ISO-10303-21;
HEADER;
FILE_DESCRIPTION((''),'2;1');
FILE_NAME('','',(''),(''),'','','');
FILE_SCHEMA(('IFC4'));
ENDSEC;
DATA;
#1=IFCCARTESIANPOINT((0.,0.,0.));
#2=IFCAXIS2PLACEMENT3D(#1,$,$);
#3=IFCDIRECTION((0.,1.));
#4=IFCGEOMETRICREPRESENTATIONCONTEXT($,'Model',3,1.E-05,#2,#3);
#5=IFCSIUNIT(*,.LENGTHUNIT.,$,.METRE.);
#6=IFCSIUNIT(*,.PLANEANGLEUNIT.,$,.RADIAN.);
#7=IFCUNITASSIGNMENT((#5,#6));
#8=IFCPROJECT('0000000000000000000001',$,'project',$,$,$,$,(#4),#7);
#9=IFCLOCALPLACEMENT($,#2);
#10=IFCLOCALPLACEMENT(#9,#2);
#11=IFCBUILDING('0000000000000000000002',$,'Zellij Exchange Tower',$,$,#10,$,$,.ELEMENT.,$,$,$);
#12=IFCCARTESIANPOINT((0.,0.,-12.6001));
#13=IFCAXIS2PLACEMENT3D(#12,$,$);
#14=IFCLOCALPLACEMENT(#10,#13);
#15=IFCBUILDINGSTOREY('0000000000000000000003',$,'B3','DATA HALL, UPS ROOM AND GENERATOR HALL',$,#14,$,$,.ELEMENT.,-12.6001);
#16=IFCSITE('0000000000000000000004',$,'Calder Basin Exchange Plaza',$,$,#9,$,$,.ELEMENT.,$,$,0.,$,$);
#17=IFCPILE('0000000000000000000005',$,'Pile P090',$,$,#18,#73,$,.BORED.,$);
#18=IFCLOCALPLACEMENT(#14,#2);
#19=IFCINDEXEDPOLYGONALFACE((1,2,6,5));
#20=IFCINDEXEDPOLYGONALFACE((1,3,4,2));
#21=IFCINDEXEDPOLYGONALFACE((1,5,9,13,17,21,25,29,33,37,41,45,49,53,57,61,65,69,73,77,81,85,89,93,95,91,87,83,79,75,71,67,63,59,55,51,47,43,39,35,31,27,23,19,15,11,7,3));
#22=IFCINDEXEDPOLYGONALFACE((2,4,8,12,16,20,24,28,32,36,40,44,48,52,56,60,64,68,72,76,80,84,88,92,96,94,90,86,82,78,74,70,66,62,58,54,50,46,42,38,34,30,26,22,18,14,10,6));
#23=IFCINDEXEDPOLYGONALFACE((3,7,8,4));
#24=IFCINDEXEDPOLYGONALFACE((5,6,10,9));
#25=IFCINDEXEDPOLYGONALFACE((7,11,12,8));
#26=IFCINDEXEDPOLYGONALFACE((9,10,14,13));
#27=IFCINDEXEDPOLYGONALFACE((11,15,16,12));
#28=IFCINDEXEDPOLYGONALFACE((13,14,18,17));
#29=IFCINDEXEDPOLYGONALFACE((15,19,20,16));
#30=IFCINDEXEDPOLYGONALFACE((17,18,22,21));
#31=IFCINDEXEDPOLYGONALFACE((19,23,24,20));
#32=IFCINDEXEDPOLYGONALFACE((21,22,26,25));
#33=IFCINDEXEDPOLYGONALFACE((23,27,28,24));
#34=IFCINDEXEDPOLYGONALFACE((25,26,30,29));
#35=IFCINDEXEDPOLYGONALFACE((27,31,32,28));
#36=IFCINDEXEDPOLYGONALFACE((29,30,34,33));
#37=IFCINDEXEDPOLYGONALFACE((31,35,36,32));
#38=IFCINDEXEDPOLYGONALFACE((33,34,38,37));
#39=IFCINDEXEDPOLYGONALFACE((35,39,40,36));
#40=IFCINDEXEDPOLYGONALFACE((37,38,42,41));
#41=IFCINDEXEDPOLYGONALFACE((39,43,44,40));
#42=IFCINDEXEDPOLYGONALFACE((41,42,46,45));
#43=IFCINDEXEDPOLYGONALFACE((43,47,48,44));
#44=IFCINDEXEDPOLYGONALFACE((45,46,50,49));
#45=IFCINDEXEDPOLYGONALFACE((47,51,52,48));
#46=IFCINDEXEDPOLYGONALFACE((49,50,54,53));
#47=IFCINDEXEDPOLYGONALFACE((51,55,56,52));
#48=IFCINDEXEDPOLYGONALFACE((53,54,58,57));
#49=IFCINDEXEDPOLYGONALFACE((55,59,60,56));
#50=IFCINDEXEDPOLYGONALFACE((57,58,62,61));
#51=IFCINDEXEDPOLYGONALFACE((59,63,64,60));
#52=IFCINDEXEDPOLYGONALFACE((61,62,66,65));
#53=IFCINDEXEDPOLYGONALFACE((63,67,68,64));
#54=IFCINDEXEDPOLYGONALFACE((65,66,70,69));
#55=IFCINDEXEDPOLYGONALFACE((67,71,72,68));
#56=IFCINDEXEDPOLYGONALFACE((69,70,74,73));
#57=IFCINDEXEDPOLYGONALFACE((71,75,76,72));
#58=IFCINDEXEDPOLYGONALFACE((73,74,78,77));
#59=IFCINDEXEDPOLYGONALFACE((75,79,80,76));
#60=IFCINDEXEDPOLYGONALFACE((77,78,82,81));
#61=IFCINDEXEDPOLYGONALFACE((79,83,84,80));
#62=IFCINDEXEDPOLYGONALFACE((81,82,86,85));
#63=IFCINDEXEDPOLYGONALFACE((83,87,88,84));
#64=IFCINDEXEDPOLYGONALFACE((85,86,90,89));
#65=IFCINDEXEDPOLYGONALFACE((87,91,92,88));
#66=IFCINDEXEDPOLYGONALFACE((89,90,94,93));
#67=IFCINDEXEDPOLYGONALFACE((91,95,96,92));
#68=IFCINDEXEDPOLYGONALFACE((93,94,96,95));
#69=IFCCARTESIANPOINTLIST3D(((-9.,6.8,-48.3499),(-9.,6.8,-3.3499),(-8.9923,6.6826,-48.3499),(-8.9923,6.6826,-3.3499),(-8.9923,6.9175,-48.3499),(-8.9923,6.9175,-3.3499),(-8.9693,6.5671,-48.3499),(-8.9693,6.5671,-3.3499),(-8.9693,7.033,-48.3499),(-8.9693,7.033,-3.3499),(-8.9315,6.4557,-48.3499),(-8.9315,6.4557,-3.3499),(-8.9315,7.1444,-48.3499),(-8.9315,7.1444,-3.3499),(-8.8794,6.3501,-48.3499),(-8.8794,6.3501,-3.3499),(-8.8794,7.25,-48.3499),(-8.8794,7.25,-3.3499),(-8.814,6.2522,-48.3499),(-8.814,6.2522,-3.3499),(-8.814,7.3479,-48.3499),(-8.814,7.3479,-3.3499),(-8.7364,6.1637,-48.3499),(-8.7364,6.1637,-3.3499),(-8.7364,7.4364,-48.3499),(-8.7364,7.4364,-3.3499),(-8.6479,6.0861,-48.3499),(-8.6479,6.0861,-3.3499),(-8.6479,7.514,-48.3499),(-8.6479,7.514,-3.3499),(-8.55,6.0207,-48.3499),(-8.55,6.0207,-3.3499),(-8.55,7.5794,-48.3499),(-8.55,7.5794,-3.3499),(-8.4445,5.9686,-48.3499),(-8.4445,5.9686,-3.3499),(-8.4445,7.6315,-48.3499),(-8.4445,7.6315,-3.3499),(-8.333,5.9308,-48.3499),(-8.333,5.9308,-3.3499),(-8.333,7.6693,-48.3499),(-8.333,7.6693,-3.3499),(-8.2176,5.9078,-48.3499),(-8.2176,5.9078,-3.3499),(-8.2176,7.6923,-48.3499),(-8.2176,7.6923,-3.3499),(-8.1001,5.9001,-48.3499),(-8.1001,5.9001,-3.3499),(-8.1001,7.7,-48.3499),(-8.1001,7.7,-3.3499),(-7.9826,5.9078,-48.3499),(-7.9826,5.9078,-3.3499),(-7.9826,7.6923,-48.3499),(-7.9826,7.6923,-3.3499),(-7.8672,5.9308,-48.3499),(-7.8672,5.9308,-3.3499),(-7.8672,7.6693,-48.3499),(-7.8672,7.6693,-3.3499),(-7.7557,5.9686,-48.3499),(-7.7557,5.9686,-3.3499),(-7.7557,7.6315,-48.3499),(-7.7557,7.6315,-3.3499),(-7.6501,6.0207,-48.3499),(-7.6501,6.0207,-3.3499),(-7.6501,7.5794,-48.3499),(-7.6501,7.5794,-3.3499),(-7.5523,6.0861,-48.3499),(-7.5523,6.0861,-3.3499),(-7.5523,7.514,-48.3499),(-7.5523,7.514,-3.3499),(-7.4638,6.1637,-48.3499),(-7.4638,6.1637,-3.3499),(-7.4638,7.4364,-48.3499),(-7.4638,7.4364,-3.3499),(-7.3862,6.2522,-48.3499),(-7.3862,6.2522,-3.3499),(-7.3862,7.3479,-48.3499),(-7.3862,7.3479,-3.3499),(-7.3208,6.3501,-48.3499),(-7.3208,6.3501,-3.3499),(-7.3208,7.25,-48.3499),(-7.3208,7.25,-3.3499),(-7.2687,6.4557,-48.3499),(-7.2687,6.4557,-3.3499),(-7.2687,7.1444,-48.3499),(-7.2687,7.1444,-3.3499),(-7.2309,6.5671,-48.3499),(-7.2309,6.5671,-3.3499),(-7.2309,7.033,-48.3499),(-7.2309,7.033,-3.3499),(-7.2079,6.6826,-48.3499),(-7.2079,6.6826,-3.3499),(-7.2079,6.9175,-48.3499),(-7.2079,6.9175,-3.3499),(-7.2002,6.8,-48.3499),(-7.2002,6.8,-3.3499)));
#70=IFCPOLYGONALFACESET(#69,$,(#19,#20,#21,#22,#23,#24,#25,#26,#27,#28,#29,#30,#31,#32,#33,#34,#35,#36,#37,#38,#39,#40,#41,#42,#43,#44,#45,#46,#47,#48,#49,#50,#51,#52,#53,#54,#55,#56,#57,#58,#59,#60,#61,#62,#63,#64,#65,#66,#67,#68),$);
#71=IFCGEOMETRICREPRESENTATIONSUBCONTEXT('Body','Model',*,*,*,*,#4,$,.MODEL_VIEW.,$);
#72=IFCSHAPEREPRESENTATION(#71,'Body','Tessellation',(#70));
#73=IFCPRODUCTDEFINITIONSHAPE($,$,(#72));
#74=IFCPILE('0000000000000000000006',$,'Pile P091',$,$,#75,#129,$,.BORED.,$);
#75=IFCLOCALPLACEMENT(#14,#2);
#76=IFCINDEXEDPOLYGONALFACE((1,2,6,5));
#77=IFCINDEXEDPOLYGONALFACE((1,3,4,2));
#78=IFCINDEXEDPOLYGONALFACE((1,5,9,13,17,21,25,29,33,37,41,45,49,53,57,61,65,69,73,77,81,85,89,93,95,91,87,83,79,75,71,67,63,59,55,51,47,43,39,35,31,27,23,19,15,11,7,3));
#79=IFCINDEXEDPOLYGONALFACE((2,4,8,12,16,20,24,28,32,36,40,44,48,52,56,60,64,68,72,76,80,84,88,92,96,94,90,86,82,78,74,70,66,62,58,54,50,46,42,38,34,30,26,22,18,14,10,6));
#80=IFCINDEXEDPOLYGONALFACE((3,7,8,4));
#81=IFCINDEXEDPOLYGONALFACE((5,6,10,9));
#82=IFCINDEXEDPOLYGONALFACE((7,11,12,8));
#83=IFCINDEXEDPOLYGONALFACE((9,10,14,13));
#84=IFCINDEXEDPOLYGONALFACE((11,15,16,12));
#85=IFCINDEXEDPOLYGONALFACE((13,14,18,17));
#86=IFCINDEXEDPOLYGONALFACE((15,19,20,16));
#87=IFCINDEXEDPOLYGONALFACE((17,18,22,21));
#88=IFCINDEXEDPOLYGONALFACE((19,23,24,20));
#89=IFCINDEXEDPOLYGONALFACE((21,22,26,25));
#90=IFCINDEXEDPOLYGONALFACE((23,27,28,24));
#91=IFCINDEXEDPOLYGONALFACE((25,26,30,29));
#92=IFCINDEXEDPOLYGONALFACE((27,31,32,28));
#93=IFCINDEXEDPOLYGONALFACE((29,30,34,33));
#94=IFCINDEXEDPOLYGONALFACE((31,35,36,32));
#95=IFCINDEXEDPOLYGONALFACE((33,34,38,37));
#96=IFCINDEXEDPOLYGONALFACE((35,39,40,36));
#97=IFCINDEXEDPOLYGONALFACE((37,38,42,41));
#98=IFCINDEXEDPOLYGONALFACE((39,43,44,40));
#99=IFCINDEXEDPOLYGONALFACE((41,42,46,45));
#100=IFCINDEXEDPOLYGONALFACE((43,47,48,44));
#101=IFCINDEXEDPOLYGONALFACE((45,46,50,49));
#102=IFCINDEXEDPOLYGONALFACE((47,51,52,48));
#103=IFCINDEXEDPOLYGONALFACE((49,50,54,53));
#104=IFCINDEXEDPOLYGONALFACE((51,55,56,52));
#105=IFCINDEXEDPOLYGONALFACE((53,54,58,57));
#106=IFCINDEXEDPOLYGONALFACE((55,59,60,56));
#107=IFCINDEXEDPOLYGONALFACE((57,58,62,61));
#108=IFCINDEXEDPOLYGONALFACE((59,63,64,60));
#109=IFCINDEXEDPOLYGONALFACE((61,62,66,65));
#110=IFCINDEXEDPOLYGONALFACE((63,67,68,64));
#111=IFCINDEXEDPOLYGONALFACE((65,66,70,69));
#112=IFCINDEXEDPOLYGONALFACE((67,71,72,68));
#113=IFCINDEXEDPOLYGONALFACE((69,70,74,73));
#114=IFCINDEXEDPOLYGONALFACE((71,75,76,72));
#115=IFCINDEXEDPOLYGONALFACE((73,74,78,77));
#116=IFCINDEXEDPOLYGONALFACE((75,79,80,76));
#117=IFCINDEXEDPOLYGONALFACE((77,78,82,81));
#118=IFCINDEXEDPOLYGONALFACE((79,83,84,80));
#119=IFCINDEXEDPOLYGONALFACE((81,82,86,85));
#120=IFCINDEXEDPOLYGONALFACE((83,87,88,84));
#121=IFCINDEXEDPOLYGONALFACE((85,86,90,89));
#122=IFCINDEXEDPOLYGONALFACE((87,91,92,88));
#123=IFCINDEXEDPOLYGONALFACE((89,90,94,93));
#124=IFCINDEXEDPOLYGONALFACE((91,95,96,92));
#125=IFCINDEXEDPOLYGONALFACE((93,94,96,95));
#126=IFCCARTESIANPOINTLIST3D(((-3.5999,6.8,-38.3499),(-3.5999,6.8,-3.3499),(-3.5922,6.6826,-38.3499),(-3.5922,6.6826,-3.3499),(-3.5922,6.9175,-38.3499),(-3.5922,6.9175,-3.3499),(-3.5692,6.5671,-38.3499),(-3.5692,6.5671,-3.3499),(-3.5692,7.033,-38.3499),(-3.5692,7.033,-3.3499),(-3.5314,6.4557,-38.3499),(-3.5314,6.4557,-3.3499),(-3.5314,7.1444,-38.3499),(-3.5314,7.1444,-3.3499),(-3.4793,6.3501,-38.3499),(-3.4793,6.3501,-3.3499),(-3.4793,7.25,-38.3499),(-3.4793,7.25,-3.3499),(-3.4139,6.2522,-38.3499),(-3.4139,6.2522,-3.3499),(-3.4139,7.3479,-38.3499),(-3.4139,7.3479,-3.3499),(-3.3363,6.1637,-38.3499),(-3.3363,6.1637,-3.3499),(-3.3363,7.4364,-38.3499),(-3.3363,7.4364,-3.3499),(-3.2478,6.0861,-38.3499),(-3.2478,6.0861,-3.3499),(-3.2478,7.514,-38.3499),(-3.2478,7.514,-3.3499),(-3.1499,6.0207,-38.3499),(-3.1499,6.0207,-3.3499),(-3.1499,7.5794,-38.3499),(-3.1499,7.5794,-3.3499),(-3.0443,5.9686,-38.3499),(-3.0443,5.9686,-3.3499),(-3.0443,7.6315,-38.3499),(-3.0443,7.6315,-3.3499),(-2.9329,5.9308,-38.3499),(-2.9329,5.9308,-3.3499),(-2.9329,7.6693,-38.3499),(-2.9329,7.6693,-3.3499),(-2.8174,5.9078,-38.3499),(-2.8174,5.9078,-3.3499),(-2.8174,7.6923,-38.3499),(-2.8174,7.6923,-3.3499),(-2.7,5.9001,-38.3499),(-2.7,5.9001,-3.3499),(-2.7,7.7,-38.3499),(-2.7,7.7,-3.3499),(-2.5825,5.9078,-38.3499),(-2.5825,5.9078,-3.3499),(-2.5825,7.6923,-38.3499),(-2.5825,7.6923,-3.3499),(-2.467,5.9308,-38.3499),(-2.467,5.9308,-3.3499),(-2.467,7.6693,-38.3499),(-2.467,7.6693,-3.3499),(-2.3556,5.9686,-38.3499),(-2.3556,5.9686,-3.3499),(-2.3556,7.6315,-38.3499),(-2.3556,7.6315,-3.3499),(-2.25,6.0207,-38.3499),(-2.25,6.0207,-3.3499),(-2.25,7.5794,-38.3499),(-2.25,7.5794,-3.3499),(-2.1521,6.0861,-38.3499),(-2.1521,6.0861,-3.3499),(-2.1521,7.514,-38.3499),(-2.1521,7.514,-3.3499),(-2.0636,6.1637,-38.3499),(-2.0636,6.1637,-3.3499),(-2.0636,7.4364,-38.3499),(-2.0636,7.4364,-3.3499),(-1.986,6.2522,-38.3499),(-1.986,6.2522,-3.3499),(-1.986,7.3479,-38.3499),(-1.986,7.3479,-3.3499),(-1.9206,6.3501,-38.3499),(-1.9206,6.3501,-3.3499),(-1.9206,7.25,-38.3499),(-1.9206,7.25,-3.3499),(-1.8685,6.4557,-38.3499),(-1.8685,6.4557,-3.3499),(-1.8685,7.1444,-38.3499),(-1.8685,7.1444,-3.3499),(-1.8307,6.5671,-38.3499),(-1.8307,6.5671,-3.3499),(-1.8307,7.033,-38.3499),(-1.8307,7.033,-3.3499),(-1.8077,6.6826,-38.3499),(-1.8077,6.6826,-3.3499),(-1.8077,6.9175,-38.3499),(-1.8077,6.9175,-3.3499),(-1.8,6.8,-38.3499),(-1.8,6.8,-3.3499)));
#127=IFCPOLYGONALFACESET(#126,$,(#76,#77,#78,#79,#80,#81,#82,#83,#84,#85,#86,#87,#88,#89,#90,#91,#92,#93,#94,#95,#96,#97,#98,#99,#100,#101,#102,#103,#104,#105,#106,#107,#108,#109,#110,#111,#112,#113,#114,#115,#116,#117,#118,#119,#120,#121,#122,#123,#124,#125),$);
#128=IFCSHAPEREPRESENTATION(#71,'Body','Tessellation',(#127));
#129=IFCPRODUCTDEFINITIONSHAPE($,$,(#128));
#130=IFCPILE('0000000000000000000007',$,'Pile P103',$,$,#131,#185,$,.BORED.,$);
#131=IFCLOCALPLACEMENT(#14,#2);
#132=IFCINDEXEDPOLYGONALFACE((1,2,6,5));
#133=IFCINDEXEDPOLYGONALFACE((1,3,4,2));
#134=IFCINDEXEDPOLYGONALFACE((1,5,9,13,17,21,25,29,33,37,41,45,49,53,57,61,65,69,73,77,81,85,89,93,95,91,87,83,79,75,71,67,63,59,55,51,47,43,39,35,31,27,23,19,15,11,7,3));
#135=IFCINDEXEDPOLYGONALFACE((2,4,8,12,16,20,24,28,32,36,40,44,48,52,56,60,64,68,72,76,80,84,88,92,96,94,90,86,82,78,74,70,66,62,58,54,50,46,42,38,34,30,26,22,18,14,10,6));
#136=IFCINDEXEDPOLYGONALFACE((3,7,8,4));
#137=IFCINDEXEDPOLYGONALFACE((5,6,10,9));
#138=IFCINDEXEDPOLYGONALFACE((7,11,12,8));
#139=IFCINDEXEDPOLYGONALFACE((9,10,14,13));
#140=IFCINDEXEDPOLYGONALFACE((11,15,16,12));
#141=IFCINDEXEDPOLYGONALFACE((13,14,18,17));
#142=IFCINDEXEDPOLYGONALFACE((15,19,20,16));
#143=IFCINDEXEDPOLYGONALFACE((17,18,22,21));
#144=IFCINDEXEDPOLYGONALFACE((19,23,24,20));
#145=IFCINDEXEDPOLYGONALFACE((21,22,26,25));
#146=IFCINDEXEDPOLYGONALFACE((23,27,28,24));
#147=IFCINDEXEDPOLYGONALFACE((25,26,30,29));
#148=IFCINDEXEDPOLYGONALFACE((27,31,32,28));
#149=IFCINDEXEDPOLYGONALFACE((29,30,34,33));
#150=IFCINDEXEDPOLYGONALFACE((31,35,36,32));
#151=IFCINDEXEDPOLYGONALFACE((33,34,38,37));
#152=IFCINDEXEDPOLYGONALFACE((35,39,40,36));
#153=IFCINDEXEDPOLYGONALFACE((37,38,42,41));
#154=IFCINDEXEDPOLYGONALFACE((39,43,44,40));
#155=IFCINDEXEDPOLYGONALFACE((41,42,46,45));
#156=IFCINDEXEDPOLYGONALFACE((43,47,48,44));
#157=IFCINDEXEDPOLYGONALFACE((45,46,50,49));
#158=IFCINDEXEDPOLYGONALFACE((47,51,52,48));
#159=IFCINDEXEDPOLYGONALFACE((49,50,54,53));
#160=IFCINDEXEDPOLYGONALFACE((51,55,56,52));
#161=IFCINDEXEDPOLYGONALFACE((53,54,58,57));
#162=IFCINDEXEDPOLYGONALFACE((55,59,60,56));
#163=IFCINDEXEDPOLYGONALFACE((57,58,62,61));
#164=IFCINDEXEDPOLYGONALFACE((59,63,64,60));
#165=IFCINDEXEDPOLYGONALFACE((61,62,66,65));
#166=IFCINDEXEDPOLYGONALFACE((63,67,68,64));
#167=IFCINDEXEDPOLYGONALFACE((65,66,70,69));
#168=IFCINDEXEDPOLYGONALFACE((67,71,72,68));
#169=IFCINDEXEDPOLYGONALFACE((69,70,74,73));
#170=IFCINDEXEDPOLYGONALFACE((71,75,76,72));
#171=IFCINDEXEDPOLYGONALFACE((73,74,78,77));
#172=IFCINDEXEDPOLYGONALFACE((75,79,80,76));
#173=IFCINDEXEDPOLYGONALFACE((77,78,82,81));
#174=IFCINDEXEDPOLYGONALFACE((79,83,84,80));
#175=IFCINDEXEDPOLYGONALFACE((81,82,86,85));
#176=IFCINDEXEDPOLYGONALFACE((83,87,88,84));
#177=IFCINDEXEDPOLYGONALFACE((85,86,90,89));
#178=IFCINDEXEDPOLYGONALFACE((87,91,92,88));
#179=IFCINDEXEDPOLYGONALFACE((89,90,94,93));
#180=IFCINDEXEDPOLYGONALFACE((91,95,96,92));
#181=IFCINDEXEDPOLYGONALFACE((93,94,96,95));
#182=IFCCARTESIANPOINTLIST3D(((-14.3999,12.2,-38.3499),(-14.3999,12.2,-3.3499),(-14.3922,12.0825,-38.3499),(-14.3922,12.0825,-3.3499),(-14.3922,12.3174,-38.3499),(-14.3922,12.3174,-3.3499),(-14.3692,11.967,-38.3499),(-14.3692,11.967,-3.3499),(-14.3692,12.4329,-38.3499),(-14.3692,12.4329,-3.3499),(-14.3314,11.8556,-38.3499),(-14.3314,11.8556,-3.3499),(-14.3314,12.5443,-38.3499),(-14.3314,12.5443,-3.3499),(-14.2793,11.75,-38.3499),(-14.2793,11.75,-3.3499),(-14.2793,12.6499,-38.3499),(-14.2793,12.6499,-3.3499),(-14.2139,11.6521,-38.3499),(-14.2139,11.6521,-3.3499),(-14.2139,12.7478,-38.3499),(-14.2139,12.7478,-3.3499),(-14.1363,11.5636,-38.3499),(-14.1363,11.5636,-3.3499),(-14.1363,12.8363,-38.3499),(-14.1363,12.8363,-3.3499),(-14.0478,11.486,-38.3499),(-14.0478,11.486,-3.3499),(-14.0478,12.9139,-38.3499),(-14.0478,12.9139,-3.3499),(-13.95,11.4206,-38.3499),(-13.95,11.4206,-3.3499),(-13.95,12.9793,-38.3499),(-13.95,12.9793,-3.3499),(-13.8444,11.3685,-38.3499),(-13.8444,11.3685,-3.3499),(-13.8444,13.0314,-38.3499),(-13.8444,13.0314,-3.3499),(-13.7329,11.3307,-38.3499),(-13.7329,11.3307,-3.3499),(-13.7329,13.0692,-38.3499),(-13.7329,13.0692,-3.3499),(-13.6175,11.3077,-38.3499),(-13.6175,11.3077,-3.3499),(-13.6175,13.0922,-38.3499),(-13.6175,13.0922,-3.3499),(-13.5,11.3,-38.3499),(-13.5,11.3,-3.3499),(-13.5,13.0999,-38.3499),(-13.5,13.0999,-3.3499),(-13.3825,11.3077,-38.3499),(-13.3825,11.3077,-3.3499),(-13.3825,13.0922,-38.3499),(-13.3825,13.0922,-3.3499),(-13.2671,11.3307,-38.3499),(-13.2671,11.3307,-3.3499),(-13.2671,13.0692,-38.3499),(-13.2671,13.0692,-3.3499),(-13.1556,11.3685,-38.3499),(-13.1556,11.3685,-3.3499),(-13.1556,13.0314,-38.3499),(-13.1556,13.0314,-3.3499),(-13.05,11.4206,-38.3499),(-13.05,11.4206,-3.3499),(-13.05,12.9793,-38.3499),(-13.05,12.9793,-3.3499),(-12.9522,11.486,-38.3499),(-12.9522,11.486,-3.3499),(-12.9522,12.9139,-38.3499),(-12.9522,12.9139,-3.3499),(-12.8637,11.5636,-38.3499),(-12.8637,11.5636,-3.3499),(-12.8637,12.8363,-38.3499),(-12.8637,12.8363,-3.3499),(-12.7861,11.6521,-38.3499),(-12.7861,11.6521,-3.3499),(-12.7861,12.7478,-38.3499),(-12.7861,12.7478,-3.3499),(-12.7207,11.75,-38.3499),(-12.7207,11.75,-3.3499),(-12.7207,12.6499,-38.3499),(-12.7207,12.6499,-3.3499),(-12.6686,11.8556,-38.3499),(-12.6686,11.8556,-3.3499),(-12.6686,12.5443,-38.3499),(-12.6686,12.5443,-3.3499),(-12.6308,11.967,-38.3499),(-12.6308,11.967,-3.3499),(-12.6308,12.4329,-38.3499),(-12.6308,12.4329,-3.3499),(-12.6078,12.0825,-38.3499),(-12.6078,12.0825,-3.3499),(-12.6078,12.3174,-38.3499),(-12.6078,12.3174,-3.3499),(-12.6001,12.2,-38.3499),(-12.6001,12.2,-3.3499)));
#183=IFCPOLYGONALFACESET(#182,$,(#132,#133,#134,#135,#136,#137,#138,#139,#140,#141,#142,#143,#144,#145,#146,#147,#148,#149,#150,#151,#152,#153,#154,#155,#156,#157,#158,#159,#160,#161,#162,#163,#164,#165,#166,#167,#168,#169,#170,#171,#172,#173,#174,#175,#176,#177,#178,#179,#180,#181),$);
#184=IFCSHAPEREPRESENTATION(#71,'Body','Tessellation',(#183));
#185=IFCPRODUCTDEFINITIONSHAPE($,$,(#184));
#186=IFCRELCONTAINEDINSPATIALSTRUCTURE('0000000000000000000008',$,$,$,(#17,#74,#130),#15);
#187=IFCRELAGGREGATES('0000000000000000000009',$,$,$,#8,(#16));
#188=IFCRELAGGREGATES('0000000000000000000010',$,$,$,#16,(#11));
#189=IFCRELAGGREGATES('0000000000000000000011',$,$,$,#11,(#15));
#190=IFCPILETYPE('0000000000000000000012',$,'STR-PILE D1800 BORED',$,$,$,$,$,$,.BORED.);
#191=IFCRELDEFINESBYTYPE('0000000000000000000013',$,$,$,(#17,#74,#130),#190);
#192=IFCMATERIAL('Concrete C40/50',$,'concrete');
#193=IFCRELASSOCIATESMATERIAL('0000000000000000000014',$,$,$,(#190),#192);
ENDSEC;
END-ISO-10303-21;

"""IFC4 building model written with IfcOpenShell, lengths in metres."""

from ifc_helpers import new_model, si_unit, direction, frame, origin, origin_2d, place, context, subcontext, project, spatial, circle, extrude, material, material_profile, profile_set, type_object, element, save


model = new_model("IFC4")

# Units and contexts
model_context = context("Model", 3, precision=1e-05, world=origin(), true_north=direction((0.0, 1.0)))
body_context = subcontext(model_context, "Body", "Model", "MODEL_VIEW")
ifc_project = project(units=[si_unit("LENGTHUNIT", "METRE"), si_unit("PLANEANGLEUNIT", "RADIAN")], contexts=[model_context])

# Site, building, storey
site_placement = place(None, origin())
site = spatial("IfcSite", under=ifc_project, at=site_placement, Name="Calder Basin Exchange Plaza", CompositionType="ELEMENT", RefElevation=0.0)
building_placement = place(site_placement, origin())
building = spatial("IfcBuilding", under=site, at=building_placement, Name="Zellij Exchange Tower", CompositionType="ELEMENT")
storey_placement = place(building_placement, frame((0.0, 0.0, -12.6001)))
storey = spatial("IfcBuildingStorey", under=building, at=storey_placement, Name="B3", Description="DATA HALL, UPS ROOM AND GENERATOR HALL", CompositionType="ELEMENT", Elevation=-12.6001)

# Piles
ifc_material_1 = material(Name="Concrete C40/50", Category="concrete")
ifc_material_profile_1 = material_profile(ifc_material_1, circle(Radius=0.8999, at=origin_2d()), Name="STR-PILE D1800 BORED")
ifc_profile_set_1 = profile_set([ifc_material_profile_1], Name="Concrete C40/50")
pile_type = type_object("IfcPileType", Name="STR-PILE D1800 BORED", PredefinedType="BORED", material=ifc_profile_set_1)
pile_placement = place(storey_placement, frame((-8.1001, 6.8, -3.3499), z_axis=(0.0, 0.0, -1.0), x_axis=(1.0, 0.0, 0.0)))
element("IfcPile", 1, at=pile_placement, inside=storey, type_object=pile_type, Name="Pile P090", PredefinedType="BORED", context=body_context, shape_type="SweptSolid", body=[
    extrude(circle(Radius=0.8999, at=origin_2d()), origin(), (0.0, 0.0, 1.0), 45.0),
])
for number, where, z_axis, x_axis, name in (
    (2, (-2.7, 6.8, -3.3499), (0.0, 0.0, -1.0), (1.0, 0.0, 0.0), "Pile P091"),
    (3, (-13.5, 12.2, -3.3499), (0.0, 0.0, -1.0), (1.0, 0.0, 0.0), "Pile P103"),
):
    element("IfcPile", number, at=place(storey_placement, frame(where, z_axis=z_axis, x_axis=x_axis)), inside=storey, type_object=pile_type, Name=name, PredefinedType="BORED", context=body_context, shape_type="SweptSolid", body=[
        extrude(circle(Radius=0.8999, at=origin_2d()), origin(), (0.0, 0.0, 1.0), 35.0),
    ])

save(model, "model.ifc")
